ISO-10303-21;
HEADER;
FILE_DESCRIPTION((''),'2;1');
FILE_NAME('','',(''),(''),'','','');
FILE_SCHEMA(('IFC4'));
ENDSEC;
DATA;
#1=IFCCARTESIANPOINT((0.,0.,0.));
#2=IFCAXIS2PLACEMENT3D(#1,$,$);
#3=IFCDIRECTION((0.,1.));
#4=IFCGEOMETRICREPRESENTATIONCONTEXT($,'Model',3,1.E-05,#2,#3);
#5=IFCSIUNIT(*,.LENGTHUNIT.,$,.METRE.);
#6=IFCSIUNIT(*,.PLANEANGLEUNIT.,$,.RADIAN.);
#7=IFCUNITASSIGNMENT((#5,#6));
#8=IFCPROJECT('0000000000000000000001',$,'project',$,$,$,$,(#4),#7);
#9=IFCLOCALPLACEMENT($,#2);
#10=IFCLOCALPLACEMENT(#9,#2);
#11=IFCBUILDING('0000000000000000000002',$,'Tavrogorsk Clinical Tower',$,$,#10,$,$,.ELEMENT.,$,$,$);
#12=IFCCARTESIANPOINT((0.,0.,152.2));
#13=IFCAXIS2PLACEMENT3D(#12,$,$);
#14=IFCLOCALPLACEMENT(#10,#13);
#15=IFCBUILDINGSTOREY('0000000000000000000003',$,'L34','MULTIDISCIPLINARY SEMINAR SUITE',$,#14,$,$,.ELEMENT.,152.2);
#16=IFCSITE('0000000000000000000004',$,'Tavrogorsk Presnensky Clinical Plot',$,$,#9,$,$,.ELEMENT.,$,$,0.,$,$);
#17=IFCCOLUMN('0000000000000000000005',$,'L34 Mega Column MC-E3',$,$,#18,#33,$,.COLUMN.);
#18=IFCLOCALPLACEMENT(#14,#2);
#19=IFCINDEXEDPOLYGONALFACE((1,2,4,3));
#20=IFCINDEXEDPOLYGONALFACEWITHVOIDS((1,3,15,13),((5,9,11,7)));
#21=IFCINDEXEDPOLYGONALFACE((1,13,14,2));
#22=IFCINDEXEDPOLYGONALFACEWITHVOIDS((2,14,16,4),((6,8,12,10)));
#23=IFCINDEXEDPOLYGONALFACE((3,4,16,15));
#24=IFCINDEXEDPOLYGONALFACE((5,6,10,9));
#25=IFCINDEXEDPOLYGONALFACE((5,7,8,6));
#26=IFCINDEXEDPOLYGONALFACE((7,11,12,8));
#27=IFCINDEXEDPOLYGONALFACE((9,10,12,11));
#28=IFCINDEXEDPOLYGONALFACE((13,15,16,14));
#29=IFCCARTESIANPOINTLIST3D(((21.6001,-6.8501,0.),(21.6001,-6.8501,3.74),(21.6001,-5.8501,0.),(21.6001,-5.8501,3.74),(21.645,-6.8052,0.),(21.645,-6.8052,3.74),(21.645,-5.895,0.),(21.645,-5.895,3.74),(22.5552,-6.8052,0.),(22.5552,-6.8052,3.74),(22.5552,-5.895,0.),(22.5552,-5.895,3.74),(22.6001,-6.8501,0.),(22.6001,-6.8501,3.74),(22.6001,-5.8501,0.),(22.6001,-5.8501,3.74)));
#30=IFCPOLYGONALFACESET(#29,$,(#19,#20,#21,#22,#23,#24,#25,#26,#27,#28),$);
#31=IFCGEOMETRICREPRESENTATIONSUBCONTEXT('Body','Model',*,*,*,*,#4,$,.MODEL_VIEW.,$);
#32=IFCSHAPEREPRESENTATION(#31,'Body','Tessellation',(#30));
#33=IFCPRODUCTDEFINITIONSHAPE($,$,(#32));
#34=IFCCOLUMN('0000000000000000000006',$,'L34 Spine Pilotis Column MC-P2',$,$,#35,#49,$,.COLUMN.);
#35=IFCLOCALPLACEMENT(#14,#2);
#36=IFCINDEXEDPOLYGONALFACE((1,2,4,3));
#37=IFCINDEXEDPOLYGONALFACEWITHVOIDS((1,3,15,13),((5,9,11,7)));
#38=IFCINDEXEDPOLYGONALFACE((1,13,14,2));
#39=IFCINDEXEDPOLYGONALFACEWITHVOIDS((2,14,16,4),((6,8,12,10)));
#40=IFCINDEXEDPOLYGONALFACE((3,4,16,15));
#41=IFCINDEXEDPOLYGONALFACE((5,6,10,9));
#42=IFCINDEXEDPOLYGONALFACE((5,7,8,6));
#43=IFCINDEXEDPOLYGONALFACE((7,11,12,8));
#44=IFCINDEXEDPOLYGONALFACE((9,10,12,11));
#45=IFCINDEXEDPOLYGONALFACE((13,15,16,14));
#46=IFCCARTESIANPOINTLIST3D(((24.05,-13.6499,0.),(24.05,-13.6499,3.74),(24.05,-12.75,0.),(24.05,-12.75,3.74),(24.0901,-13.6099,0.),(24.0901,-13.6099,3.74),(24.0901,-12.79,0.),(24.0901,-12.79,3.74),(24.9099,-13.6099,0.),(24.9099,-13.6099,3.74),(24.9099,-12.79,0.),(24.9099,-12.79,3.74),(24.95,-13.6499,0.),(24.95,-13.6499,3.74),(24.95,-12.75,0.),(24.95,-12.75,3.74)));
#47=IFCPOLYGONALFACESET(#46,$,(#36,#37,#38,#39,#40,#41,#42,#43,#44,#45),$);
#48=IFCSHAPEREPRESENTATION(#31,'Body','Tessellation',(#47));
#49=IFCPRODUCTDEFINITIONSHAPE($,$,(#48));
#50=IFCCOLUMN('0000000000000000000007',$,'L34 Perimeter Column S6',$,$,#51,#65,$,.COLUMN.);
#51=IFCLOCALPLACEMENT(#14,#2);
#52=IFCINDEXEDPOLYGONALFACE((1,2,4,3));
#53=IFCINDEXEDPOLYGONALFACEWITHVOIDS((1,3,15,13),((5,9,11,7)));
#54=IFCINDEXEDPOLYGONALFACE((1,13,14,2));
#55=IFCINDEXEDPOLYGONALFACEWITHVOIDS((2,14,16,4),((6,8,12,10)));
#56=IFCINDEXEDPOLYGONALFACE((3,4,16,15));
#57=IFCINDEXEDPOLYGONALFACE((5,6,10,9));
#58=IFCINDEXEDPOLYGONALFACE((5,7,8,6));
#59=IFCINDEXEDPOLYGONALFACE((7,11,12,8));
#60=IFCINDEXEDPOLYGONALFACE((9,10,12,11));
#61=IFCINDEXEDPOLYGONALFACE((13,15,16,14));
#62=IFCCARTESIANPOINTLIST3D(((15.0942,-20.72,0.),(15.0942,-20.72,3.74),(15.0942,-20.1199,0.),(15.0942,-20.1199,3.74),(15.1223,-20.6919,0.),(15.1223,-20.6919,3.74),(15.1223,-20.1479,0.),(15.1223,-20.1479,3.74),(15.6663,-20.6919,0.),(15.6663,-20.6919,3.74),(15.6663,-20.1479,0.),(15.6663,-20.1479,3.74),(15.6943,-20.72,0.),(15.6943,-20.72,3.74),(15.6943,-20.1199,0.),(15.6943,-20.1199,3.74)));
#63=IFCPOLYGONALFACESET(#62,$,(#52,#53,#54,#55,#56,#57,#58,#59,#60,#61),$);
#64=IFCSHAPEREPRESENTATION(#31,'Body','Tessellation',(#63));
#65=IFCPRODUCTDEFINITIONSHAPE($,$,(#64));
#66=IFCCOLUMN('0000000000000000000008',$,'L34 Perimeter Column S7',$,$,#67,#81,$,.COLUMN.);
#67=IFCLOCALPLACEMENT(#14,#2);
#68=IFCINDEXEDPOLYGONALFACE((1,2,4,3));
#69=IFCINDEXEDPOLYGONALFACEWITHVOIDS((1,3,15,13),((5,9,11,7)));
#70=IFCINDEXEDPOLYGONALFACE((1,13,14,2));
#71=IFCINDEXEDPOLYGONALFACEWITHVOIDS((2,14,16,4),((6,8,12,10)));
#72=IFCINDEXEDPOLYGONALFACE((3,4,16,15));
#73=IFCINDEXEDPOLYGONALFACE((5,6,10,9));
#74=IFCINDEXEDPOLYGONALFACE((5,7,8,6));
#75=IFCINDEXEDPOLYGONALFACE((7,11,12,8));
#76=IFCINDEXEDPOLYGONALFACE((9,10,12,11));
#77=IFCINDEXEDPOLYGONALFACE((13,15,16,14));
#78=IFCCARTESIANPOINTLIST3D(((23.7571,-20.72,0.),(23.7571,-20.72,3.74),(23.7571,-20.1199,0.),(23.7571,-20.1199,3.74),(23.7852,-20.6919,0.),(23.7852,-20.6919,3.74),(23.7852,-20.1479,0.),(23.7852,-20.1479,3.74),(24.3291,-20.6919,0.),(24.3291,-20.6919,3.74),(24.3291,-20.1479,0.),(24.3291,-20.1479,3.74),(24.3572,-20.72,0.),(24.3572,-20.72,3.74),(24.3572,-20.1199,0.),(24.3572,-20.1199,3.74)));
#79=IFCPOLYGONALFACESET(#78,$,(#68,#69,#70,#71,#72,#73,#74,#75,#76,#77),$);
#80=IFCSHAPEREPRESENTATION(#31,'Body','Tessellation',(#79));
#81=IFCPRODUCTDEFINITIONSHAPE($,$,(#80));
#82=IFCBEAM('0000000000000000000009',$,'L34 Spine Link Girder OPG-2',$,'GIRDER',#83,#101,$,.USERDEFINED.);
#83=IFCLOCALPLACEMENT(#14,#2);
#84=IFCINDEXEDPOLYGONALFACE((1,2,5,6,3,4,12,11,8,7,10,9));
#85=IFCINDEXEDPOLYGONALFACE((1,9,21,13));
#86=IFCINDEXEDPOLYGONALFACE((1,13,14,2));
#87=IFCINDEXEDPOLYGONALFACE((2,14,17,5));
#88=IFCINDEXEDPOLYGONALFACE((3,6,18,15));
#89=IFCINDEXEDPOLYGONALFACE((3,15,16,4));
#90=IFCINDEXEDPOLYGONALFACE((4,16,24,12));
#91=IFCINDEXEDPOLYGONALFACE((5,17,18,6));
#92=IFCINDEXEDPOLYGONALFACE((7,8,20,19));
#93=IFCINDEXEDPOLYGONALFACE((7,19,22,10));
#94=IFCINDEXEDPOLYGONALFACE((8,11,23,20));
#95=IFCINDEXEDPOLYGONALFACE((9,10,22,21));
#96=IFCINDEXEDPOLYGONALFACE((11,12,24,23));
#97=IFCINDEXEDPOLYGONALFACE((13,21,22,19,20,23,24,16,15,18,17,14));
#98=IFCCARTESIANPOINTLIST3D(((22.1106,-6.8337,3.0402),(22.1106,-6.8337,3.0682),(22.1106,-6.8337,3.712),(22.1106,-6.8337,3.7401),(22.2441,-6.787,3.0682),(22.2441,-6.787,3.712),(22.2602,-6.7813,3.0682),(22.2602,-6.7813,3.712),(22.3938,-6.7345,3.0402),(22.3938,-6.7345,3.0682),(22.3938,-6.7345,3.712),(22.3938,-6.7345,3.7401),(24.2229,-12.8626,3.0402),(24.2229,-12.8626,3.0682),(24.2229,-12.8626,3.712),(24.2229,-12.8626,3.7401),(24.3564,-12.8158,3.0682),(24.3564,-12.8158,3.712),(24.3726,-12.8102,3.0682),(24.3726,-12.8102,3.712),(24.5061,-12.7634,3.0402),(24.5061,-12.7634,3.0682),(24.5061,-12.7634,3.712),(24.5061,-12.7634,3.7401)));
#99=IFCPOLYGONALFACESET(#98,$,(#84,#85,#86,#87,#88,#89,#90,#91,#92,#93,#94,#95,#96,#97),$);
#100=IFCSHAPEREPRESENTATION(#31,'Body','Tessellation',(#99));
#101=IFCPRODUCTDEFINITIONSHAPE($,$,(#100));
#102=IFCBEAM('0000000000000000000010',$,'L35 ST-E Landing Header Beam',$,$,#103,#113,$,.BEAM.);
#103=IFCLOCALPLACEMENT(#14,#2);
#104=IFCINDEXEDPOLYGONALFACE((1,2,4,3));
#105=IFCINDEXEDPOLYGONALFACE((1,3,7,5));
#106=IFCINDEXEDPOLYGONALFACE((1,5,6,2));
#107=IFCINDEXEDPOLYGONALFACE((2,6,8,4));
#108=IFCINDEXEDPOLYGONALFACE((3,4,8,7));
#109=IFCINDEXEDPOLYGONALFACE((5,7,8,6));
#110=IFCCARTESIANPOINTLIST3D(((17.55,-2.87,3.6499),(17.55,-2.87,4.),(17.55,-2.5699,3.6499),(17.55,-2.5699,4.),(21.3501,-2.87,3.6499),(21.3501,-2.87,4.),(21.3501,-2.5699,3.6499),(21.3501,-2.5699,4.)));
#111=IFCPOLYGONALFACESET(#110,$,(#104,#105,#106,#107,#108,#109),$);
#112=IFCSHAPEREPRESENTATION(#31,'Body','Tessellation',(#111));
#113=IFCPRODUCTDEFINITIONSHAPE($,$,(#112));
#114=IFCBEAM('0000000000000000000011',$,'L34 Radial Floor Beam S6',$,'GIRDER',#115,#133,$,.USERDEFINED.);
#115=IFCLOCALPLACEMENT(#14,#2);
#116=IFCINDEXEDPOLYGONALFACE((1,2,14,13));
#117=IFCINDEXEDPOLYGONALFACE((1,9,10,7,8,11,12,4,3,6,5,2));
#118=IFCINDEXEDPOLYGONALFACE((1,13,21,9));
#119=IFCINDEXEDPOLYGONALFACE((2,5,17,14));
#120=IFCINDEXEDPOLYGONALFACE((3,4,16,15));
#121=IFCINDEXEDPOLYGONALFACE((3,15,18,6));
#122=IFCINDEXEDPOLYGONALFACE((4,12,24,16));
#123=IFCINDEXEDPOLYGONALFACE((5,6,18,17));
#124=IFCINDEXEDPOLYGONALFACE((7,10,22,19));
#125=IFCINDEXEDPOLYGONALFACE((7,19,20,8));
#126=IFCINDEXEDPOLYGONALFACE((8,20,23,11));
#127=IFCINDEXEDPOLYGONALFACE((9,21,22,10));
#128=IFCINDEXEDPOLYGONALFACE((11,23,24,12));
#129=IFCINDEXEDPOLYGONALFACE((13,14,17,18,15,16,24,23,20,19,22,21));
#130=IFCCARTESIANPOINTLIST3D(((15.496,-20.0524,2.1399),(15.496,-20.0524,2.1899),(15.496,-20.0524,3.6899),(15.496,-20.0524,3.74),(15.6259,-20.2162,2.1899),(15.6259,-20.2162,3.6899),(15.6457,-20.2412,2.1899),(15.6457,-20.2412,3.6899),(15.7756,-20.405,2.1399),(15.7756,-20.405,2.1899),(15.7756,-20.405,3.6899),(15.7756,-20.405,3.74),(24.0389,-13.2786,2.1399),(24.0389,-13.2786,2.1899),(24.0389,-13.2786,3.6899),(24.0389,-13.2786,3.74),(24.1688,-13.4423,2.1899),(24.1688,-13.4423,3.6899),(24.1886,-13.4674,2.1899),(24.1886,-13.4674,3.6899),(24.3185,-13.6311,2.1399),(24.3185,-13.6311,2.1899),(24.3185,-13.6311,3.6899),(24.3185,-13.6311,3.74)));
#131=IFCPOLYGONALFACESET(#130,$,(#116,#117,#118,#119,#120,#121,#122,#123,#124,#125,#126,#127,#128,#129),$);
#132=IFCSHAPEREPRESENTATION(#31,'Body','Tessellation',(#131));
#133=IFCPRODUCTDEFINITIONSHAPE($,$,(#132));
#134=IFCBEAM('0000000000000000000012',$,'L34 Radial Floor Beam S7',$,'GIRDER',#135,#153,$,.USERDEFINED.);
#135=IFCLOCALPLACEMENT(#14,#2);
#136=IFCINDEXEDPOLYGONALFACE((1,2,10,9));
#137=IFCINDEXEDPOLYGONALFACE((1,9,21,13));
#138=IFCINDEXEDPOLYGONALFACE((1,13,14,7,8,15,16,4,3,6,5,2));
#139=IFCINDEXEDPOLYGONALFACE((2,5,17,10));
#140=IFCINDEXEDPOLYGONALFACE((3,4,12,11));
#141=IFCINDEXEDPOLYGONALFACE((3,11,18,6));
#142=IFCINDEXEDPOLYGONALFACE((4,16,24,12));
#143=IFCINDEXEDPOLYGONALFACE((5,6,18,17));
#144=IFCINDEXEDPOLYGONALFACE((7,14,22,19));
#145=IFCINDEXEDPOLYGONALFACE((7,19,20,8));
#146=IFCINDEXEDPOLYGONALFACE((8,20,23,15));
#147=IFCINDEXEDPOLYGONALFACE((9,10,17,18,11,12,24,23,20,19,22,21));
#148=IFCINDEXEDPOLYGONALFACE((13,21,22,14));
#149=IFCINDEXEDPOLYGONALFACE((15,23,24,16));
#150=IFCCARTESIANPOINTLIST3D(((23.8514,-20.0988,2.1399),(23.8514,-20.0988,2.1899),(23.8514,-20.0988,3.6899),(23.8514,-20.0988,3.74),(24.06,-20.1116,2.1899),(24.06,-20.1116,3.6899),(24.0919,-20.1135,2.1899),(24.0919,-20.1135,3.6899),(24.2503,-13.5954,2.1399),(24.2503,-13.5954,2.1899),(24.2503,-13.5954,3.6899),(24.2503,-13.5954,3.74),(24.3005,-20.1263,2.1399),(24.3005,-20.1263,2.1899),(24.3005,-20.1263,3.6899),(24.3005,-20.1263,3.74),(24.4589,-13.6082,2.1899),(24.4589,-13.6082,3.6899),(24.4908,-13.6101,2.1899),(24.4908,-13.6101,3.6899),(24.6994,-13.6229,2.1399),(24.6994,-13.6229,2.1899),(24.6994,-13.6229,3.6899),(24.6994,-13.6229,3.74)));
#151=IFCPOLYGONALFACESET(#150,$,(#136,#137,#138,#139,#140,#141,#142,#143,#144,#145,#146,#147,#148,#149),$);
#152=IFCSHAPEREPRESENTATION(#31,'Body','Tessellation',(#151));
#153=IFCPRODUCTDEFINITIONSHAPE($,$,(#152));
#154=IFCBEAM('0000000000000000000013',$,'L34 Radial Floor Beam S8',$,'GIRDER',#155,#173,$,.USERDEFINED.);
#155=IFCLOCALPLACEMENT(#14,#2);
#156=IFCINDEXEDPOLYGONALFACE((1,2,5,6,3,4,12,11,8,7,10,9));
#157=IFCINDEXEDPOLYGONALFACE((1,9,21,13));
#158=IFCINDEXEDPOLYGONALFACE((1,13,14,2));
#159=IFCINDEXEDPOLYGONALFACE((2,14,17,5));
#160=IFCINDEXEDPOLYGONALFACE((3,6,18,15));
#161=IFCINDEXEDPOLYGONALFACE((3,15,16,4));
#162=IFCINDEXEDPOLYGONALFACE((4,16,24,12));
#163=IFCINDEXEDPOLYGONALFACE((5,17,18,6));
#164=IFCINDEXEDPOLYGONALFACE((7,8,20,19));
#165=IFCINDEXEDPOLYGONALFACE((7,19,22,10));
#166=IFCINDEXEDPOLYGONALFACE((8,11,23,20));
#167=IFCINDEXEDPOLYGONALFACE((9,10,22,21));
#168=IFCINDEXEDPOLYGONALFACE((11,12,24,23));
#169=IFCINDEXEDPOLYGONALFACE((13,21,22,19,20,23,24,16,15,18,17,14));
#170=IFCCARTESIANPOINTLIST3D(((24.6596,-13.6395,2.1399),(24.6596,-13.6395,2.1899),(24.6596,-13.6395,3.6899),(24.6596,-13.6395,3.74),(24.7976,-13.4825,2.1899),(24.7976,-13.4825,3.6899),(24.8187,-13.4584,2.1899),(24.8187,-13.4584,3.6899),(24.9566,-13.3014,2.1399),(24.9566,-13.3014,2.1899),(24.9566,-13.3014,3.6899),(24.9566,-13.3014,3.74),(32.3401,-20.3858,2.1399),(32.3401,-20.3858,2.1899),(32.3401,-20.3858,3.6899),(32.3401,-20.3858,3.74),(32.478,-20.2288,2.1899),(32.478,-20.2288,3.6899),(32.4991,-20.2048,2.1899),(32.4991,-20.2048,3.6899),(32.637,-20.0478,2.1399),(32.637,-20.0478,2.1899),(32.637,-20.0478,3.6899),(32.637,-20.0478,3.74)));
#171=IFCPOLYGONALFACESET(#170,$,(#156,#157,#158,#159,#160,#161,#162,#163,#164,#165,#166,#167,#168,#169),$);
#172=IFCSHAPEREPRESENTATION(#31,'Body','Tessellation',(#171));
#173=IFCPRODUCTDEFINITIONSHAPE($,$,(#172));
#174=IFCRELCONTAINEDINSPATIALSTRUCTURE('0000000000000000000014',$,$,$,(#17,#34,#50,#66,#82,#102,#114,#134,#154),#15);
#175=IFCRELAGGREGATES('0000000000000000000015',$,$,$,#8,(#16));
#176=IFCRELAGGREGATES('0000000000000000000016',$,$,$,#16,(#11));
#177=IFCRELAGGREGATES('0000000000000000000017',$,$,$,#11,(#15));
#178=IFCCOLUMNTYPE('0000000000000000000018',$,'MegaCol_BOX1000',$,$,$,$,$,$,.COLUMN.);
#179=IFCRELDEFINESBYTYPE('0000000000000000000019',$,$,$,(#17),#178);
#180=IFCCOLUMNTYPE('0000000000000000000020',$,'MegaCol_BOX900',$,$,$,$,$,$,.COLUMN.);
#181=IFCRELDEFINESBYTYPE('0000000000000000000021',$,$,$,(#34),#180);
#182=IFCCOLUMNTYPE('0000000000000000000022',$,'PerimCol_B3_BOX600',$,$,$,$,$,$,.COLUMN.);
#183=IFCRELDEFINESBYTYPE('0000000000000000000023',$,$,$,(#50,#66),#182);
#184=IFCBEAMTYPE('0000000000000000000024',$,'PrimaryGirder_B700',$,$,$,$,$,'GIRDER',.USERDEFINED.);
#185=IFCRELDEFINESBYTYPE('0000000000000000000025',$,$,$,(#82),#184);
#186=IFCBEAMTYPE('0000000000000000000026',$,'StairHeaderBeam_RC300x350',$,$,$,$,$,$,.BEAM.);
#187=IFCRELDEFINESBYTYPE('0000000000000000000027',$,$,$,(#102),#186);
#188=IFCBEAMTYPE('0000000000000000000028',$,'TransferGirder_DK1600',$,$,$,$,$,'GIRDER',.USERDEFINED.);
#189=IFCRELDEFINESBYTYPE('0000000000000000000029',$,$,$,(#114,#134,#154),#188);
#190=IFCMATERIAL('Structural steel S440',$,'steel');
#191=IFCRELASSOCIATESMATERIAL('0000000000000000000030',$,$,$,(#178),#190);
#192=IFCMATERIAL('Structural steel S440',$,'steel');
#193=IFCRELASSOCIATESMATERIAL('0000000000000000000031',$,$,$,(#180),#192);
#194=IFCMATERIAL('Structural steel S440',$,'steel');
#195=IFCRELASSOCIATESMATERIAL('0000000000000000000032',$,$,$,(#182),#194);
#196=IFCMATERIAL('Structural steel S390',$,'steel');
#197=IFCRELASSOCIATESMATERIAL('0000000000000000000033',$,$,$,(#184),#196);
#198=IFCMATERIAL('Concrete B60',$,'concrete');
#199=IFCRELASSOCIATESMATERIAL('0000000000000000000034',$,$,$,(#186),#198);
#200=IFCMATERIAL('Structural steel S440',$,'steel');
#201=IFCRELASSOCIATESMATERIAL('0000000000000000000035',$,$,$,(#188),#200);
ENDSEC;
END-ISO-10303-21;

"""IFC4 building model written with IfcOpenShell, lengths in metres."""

from ifc_helpers import new_model, si_unit, direction, frame, origin, origin_2d, place, context, subcontext, project, spatial, rectangle, hollow_rectangle, i_section, extrude, material, material_profile, profile_set, type_object, element, save


model = new_model("IFC4")

# Units and contexts
model_context = context("Model", 3, precision=1e-05, world=origin(), true_north=direction((0.0, 1.0)))
body_context = subcontext(model_context, "Body", "Model", "MODEL_VIEW")
ifc_project = project(units=[si_unit("LENGTHUNIT", "METRE"), si_unit("PLANEANGLEUNIT", "RADIAN")], contexts=[model_context])

# Site, building, storey
site_placement = place(None, origin())
site = spatial("IfcSite", under=ifc_project, at=site_placement, Name="Tavrogorsk Presnensky Clinical Plot", CompositionType="ELEMENT", RefElevation=0.0)
building_placement = place(site_placement, origin())
building = spatial("IfcBuilding", under=site, at=building_placement, Name="Tavrogorsk Clinical Tower", CompositionType="ELEMENT")
storey_placement = place(building_placement, frame((0.0, 0.0, 152.2)))
storey = spatial("IfcBuildingStorey", under=building, at=storey_placement, Name="L34", Description="MULTIDISCIPLINARY SEMINAR SUITE", CompositionType="ELEMENT", Elevation=152.2)

# Columns
ifc_material_1 = material(Name="Structural steel S440", Category="steel")
ifc_material_profile_1 = material_profile(ifc_material_1, hollow_rectangle(XDim=1.0, YDim=1.0, WallThickness=0.0449, at=origin_2d()), Name="BOX-1000x1000x45")
ifc_profile_set_1 = profile_set([ifc_material_profile_1], Name="Structural steel S440")
column_type_1 = type_object("IfcColumnType", Name="MegaCol_BOX1000", PredefinedType="COLUMN", material=ifc_profile_set_1)
column_1_placement = place(storey_placement, frame((22.1001, -6.3501, 0.0), z_axis=(0.0, 0.0, 1.0), x_axis=(1.0, 0.0, 0.0)))
element("IfcColumn", 1, at=column_1_placement, inside=storey, type_object=column_type_1, Name="L34 Mega Column MC-E3", PredefinedType="COLUMN", context=body_context, shape_type="SweptSolid", body=[
    extrude(hollow_rectangle(XDim=1.0, YDim=1.0, WallThickness=0.0449, at=origin_2d()), origin(), (0.0, 0.0, 1.0), 3.74),
])
ifc_material_2 = material(Name="Structural steel S440", Category="steel")
ifc_material_profile_2 = material_profile(ifc_material_2, hollow_rectangle(XDim=0.8999, YDim=0.8999, WallThickness=0.04, at=origin_2d()), Name="BOX-900x900x40")
ifc_profile_set_2 = profile_set([ifc_material_profile_2], Name="Structural steel S440")
column_type_2 = type_object("IfcColumnType", Name="MegaCol_BOX900", PredefinedType="COLUMN", material=ifc_profile_set_2)
column_2_placement = place(storey_placement, frame((24.5, -13.2, 0.0), z_axis=(0.0, 0.0, 1.0), x_axis=(1.0, 0.0, 0.0)))
element("IfcColumn", 2, at=column_2_placement, inside=storey, type_object=column_type_2, Name="L34 Spine Pilotis Column MC-P2", PredefinedType="COLUMN", context=body_context, shape_type="SweptSolid", body=[
    extrude(hollow_rectangle(XDim=0.8999, YDim=0.8999, WallThickness=0.04, at=origin_2d()), origin(), (0.0, 0.0, 1.0), 3.74),
])
ifc_material_3 = material(Name="Structural steel S440", Category="steel")
ifc_material_profile_3 = material_profile(ifc_material_3, hollow_rectangle(XDim=0.6001, YDim=0.6001, WallThickness=0.0281, at=origin_2d()), Name="BOX-600x600x28")
ifc_profile_set_3 = profile_set([ifc_material_profile_3], Name="Structural steel S440")
column_type_3 = type_object("IfcColumnType", Name="PerimCol_B3_BOX600", PredefinedType="COLUMN", material=ifc_profile_set_3)
for number, where, z_axis, x_axis, name in (
    (3, (15.3943, -20.4199, 0.0), (0.0, 0.0, 1.0), (1.0, 0.0, 0.0), "L34 Perimeter Column S6"),
    (4, (24.0571, -20.4199, 0.0), (0.0, 0.0, 1.0), (1.0, 0.0, 0.0), "L34 Perimeter Column S7"),
):
    element("IfcColumn", number, at=place(storey_placement, frame(where, z_axis=z_axis, x_axis=x_axis)), inside=storey, type_object=column_type_3, Name=name, PredefinedType="COLUMN", context=body_context, shape_type="SweptSolid", body=[
        extrude(hollow_rectangle(XDim=0.6001, YDim=0.6001, WallThickness=0.0281, at=origin_2d()), origin(), (0.0, 0.0, 1.0), 3.74),
    ])

# Beams
ifc_material_4 = material(Name="Structural steel S390", Category="steel")
ifc_material_profile_4 = material_profile(ifc_material_4, i_section(OverallWidth=0.3, OverallDepth=0.7, WebThickness=0.0171, FlangeThickness=0.0281, at=origin_2d()), Name="B-700x300x17x28")
ifc_profile_set_4 = profile_set([ifc_material_profile_4], Name="Structural steel S390")
beam_type_1 = type_object("IfcBeamType", Name="PrimaryGirder_B700", ElementType="GIRDER", PredefinedType="USERDEFINED", material=ifc_profile_set_4)
beam_1_placement = place(storey_placement, frame((24.3645, -12.813, 3.3901), z_axis=(-0.33066, 0.94375, 0.0), x_axis=(-0.94375, -0.33066, 0.0)))
element("IfcBeam", 5, at=beam_1_placement, inside=storey, type_object=beam_type_1, Name="L34 Spine Link Girder OPG-2", ObjectType="GIRDER", PredefinedType="USERDEFINED", context=body_context, shape_type="SweptSolid", body=[
    extrude(i_section(OverallWidth=0.3, OverallDepth=0.7, WebThickness=0.0171, FlangeThickness=0.0281, at=origin_2d()), origin(), (0.0, 0.0, 1.0), 6.3882),
])
ifc_material_5 = material(Name="Concrete B60", Category="concrete")
ifc_material_profile_5 = material_profile(ifc_material_5, rectangle(XDim=0.3, YDim=0.3501, at=origin_2d()), Name="RC-SHB-300x350")
ifc_profile_set_5 = profile_set([ifc_material_profile_5], Name="Concrete B60")
beam_type_2 = type_object("IfcBeamType", Name="StairHeaderBeam_RC300x350", PredefinedType="BEAM", material=ifc_profile_set_5)
beam_2_placement = place(storey_placement, frame((17.55, -2.72, 3.825), z_axis=(1.0, 0.0, 0.0), x_axis=(0.0, 1.0, 0.0)))
element("IfcBeam", 6, at=beam_2_placement, inside=storey, type_object=beam_type_2, Name="L35 ST-E Landing Header Beam", PredefinedType="BEAM", context=body_context, shape_type="SweptSolid", body=[
    extrude(rectangle(XDim=0.3, YDim=0.3501, at=origin_2d()), origin(), (0.0, 0.0, 1.0), 3.8),
])
ifc_material_6 = material(Name="Structural steel S440", Category="steel")
ifc_material_profile_6 = material_profile(ifc_material_6, i_section(OverallWidth=0.45, OverallDepth=1.6001, WebThickness=0.032, FlangeThickness=0.05, at=origin_2d()), Name="DK-1600x450x32x50")
ifc_profile_set_6 = profile_set([ifc_material_profile_6], Name="Structural steel S440")
beam_type_3 = type_object("IfcBeamType", Name="TransferGirder_DK1600", ElementType="GIRDER", PredefinedType="USERDEFINED", material=ifc_profile_set_6)
beam_3_placement = place(storey_placement, frame((24.1787, -13.4548, 2.9399), z_axis=(-0.783566, -0.621308, 0.0), x_axis=(0.621308, -0.783566, 0.0)))
element("IfcBeam", 7, at=beam_3_placement, inside=storey, type_object=beam_type_3, Name="L34 Radial Floor Beam S6", ObjectType="GIRDER", PredefinedType="USERDEFINED", context=body_context, shape_type="SweptSolid", body=[
    extrude(i_section(OverallWidth=0.45, OverallDepth=1.6001, WebThickness=0.032, FlangeThickness=0.05, at=origin_2d()), origin(), (0.0, 0.0, 1.0), 10.9026),
])
beam_4_placement = place(storey_placement, frame((24.4749, -13.6091, 2.9399), z_axis=(-0.061226, -0.998124, 0.0), x_axis=(0.998124, -0.061226, 0.0)))
element("IfcBeam", 8, at=beam_4_placement, inside=storey, type_object=beam_type_3, Name="L34 Radial Floor Beam S7", ObjectType="GIRDER", PredefinedType="USERDEFINED", context=body_context, shape_type="SweptSolid", body=[
    extrude(i_section(OverallWidth=0.45, OverallDepth=1.6001, WebThickness=0.032, FlangeThickness=0.05, at=origin_2d()), origin(), (0.0, 0.0, 1.0), 6.5156),
])
beam_5_placement = place(storey_placement, frame((24.8081, -13.4705, 2.9399), z_axis=(0.751316, -0.659942, 0.0), x_axis=(0.659942, 0.751316, 0.0)))
element("IfcBeam", 9, at=beam_5_placement, inside=storey, type_object=beam_type_3, Name="L34 Radial Floor Beam S8", ObjectType="GIRDER", PredefinedType="USERDEFINED", context=body_context, shape_type="SweptSolid", body=[
    extrude(i_section(OverallWidth=0.45, OverallDepth=1.6001, WebThickness=0.032, FlangeThickness=0.05, at=origin_2d()), origin(), (0.0, 0.0, 1.0), 10.2227),
])

save(model, "model.ifc")
